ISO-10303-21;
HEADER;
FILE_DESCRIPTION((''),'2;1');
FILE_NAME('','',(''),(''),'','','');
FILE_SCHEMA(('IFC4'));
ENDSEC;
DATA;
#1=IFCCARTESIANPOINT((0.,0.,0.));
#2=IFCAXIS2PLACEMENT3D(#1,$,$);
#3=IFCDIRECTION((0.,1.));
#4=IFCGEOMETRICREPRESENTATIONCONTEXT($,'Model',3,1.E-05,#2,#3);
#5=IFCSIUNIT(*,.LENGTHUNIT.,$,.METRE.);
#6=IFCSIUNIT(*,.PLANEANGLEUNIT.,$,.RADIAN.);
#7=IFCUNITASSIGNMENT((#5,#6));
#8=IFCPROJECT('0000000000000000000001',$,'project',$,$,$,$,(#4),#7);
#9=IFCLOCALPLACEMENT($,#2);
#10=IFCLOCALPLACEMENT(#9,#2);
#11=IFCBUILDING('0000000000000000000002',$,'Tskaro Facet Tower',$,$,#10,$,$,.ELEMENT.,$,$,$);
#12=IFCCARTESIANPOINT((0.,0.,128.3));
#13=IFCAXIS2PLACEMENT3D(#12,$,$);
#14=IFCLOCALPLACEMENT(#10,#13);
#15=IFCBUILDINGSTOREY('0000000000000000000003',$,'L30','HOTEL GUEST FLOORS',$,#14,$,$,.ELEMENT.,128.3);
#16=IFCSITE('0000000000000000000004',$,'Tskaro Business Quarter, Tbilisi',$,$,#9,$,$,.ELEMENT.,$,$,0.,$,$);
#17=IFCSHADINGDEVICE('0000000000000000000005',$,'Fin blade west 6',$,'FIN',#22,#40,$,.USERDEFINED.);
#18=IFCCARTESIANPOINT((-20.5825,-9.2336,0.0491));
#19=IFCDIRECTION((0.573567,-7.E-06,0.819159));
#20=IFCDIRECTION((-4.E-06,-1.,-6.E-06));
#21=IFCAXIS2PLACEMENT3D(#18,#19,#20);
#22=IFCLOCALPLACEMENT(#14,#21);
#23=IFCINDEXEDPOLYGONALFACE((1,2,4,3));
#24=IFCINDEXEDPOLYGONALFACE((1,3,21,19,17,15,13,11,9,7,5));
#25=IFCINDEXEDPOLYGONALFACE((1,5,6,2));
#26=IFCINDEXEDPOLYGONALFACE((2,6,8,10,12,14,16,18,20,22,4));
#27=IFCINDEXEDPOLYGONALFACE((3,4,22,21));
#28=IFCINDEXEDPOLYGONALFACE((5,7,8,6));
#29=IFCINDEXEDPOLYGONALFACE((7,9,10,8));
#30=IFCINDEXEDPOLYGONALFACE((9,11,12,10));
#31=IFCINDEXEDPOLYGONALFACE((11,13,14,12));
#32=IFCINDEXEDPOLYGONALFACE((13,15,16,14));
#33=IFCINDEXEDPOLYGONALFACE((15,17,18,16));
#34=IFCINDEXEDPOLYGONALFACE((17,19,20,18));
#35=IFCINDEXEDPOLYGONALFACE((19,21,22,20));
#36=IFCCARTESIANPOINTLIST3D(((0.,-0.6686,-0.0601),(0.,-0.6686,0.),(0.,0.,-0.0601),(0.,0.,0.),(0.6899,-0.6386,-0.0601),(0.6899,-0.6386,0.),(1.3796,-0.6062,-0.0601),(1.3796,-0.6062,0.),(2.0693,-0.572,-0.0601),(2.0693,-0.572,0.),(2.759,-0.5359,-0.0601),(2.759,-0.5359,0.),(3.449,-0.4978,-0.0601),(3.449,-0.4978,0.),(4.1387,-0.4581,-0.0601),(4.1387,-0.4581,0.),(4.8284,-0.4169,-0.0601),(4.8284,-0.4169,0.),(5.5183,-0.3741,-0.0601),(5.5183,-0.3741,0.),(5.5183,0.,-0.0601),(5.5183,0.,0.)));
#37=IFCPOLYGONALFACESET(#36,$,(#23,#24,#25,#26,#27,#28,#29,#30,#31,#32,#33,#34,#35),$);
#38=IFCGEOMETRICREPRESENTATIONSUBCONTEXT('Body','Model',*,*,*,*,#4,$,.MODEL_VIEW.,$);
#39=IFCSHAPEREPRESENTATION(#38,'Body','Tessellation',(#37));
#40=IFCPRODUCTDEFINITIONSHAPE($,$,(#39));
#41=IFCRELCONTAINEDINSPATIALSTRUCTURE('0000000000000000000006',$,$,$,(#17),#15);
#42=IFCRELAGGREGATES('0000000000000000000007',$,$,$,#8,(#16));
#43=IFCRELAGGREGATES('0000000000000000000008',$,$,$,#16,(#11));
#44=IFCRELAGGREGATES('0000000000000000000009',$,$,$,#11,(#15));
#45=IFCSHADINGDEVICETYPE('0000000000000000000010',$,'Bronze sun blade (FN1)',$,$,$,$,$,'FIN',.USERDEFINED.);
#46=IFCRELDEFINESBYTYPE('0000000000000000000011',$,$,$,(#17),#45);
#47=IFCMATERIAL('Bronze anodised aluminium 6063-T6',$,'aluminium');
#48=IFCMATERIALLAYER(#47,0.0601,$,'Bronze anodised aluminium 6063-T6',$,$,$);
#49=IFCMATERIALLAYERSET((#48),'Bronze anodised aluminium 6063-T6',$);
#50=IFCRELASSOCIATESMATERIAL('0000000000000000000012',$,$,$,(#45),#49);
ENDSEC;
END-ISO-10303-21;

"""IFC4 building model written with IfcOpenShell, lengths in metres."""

from ifc_helpers import new_model, si_unit, direction, frame, origin, place, context, subcontext, project, spatial, polyline, outline, extrude, material, layer, layer_set, type_object, element, save


model = new_model("IFC4")

# Units and contexts
model_context = context("Model", 3, precision=1e-05, world=origin(), true_north=direction((0.0, 1.0)))
body_context = subcontext(model_context, "Body", "Model", "MODEL_VIEW")
ifc_project = project(units=[si_unit("LENGTHUNIT", "METRE"), si_unit("PLANEANGLEUNIT", "RADIAN")], contexts=[model_context])

# Site, building, storey
site_placement = place(None, origin())
site = spatial("IfcSite", under=ifc_project, at=site_placement, Name="Tskaro Business Quarter, Tbilisi", CompositionType="ELEMENT", RefElevation=0.0)
building_placement = place(site_placement, origin())
building = spatial("IfcBuilding", under=site, at=building_placement, Name="Tskaro Facet Tower", CompositionType="ELEMENT")
storey_placement = place(building_placement, frame((0.0, 0.0, 128.3)))
storey = spatial("IfcBuildingStorey", under=building, at=storey_placement, Name="L30", Description="HOTEL GUEST FLOORS", CompositionType="ELEMENT", Elevation=128.3)

# Shared definitions
ifc_material_1 = material(Name="Bronze anodised aluminium 6063-T6", Category="aluminium")

# Shading device
ifc_layer_1 = layer(ifc_material_1, 0.0601, Name="Bronze anodised aluminium 6063-T6")
ifc_layer_set_1 = layer_set([ifc_layer_1], Name="Bronze anodised aluminium 6063-T6")
shading_device_type = type_object("IfcShadingDeviceType", Name="Bronze sun blade (FN1)", ElementType="FIN", PredefinedType="USERDEFINED", material=ifc_layer_set_1)
shading_device_1_placement = place(storey_placement, frame((-20.5825, -9.2336, 0.0491), z_axis=(0.573567, -0.000007, 0.819159), x_axis=(-0.000004, -1.0, -0.000006)))
element("IfcShadingDevice", 1, at=shading_device_1_placement, inside=storey, type_object=shading_device_type, Name="Fin blade west 6", ObjectType="FIN", PredefinedType="USERDEFINED", context=body_context, shape_type="SweptSolid", body=[
    extrude(outline(polyline([(0.0, 0.0), (5.5183, 0.0), (5.5183, -0.3741), (4.8284, -0.4169), (4.1387, -0.4581), (3.449, -0.4978), (2.759, -0.5359), (2.0693, -0.572), (1.3796, -0.6062), (0.6899, -0.6386), (0.0, -0.6686), (0.0, 0.0)])), origin(), (0.0, 0.0, -1.0), 0.0601),
])

save(model, "model.ifc")
